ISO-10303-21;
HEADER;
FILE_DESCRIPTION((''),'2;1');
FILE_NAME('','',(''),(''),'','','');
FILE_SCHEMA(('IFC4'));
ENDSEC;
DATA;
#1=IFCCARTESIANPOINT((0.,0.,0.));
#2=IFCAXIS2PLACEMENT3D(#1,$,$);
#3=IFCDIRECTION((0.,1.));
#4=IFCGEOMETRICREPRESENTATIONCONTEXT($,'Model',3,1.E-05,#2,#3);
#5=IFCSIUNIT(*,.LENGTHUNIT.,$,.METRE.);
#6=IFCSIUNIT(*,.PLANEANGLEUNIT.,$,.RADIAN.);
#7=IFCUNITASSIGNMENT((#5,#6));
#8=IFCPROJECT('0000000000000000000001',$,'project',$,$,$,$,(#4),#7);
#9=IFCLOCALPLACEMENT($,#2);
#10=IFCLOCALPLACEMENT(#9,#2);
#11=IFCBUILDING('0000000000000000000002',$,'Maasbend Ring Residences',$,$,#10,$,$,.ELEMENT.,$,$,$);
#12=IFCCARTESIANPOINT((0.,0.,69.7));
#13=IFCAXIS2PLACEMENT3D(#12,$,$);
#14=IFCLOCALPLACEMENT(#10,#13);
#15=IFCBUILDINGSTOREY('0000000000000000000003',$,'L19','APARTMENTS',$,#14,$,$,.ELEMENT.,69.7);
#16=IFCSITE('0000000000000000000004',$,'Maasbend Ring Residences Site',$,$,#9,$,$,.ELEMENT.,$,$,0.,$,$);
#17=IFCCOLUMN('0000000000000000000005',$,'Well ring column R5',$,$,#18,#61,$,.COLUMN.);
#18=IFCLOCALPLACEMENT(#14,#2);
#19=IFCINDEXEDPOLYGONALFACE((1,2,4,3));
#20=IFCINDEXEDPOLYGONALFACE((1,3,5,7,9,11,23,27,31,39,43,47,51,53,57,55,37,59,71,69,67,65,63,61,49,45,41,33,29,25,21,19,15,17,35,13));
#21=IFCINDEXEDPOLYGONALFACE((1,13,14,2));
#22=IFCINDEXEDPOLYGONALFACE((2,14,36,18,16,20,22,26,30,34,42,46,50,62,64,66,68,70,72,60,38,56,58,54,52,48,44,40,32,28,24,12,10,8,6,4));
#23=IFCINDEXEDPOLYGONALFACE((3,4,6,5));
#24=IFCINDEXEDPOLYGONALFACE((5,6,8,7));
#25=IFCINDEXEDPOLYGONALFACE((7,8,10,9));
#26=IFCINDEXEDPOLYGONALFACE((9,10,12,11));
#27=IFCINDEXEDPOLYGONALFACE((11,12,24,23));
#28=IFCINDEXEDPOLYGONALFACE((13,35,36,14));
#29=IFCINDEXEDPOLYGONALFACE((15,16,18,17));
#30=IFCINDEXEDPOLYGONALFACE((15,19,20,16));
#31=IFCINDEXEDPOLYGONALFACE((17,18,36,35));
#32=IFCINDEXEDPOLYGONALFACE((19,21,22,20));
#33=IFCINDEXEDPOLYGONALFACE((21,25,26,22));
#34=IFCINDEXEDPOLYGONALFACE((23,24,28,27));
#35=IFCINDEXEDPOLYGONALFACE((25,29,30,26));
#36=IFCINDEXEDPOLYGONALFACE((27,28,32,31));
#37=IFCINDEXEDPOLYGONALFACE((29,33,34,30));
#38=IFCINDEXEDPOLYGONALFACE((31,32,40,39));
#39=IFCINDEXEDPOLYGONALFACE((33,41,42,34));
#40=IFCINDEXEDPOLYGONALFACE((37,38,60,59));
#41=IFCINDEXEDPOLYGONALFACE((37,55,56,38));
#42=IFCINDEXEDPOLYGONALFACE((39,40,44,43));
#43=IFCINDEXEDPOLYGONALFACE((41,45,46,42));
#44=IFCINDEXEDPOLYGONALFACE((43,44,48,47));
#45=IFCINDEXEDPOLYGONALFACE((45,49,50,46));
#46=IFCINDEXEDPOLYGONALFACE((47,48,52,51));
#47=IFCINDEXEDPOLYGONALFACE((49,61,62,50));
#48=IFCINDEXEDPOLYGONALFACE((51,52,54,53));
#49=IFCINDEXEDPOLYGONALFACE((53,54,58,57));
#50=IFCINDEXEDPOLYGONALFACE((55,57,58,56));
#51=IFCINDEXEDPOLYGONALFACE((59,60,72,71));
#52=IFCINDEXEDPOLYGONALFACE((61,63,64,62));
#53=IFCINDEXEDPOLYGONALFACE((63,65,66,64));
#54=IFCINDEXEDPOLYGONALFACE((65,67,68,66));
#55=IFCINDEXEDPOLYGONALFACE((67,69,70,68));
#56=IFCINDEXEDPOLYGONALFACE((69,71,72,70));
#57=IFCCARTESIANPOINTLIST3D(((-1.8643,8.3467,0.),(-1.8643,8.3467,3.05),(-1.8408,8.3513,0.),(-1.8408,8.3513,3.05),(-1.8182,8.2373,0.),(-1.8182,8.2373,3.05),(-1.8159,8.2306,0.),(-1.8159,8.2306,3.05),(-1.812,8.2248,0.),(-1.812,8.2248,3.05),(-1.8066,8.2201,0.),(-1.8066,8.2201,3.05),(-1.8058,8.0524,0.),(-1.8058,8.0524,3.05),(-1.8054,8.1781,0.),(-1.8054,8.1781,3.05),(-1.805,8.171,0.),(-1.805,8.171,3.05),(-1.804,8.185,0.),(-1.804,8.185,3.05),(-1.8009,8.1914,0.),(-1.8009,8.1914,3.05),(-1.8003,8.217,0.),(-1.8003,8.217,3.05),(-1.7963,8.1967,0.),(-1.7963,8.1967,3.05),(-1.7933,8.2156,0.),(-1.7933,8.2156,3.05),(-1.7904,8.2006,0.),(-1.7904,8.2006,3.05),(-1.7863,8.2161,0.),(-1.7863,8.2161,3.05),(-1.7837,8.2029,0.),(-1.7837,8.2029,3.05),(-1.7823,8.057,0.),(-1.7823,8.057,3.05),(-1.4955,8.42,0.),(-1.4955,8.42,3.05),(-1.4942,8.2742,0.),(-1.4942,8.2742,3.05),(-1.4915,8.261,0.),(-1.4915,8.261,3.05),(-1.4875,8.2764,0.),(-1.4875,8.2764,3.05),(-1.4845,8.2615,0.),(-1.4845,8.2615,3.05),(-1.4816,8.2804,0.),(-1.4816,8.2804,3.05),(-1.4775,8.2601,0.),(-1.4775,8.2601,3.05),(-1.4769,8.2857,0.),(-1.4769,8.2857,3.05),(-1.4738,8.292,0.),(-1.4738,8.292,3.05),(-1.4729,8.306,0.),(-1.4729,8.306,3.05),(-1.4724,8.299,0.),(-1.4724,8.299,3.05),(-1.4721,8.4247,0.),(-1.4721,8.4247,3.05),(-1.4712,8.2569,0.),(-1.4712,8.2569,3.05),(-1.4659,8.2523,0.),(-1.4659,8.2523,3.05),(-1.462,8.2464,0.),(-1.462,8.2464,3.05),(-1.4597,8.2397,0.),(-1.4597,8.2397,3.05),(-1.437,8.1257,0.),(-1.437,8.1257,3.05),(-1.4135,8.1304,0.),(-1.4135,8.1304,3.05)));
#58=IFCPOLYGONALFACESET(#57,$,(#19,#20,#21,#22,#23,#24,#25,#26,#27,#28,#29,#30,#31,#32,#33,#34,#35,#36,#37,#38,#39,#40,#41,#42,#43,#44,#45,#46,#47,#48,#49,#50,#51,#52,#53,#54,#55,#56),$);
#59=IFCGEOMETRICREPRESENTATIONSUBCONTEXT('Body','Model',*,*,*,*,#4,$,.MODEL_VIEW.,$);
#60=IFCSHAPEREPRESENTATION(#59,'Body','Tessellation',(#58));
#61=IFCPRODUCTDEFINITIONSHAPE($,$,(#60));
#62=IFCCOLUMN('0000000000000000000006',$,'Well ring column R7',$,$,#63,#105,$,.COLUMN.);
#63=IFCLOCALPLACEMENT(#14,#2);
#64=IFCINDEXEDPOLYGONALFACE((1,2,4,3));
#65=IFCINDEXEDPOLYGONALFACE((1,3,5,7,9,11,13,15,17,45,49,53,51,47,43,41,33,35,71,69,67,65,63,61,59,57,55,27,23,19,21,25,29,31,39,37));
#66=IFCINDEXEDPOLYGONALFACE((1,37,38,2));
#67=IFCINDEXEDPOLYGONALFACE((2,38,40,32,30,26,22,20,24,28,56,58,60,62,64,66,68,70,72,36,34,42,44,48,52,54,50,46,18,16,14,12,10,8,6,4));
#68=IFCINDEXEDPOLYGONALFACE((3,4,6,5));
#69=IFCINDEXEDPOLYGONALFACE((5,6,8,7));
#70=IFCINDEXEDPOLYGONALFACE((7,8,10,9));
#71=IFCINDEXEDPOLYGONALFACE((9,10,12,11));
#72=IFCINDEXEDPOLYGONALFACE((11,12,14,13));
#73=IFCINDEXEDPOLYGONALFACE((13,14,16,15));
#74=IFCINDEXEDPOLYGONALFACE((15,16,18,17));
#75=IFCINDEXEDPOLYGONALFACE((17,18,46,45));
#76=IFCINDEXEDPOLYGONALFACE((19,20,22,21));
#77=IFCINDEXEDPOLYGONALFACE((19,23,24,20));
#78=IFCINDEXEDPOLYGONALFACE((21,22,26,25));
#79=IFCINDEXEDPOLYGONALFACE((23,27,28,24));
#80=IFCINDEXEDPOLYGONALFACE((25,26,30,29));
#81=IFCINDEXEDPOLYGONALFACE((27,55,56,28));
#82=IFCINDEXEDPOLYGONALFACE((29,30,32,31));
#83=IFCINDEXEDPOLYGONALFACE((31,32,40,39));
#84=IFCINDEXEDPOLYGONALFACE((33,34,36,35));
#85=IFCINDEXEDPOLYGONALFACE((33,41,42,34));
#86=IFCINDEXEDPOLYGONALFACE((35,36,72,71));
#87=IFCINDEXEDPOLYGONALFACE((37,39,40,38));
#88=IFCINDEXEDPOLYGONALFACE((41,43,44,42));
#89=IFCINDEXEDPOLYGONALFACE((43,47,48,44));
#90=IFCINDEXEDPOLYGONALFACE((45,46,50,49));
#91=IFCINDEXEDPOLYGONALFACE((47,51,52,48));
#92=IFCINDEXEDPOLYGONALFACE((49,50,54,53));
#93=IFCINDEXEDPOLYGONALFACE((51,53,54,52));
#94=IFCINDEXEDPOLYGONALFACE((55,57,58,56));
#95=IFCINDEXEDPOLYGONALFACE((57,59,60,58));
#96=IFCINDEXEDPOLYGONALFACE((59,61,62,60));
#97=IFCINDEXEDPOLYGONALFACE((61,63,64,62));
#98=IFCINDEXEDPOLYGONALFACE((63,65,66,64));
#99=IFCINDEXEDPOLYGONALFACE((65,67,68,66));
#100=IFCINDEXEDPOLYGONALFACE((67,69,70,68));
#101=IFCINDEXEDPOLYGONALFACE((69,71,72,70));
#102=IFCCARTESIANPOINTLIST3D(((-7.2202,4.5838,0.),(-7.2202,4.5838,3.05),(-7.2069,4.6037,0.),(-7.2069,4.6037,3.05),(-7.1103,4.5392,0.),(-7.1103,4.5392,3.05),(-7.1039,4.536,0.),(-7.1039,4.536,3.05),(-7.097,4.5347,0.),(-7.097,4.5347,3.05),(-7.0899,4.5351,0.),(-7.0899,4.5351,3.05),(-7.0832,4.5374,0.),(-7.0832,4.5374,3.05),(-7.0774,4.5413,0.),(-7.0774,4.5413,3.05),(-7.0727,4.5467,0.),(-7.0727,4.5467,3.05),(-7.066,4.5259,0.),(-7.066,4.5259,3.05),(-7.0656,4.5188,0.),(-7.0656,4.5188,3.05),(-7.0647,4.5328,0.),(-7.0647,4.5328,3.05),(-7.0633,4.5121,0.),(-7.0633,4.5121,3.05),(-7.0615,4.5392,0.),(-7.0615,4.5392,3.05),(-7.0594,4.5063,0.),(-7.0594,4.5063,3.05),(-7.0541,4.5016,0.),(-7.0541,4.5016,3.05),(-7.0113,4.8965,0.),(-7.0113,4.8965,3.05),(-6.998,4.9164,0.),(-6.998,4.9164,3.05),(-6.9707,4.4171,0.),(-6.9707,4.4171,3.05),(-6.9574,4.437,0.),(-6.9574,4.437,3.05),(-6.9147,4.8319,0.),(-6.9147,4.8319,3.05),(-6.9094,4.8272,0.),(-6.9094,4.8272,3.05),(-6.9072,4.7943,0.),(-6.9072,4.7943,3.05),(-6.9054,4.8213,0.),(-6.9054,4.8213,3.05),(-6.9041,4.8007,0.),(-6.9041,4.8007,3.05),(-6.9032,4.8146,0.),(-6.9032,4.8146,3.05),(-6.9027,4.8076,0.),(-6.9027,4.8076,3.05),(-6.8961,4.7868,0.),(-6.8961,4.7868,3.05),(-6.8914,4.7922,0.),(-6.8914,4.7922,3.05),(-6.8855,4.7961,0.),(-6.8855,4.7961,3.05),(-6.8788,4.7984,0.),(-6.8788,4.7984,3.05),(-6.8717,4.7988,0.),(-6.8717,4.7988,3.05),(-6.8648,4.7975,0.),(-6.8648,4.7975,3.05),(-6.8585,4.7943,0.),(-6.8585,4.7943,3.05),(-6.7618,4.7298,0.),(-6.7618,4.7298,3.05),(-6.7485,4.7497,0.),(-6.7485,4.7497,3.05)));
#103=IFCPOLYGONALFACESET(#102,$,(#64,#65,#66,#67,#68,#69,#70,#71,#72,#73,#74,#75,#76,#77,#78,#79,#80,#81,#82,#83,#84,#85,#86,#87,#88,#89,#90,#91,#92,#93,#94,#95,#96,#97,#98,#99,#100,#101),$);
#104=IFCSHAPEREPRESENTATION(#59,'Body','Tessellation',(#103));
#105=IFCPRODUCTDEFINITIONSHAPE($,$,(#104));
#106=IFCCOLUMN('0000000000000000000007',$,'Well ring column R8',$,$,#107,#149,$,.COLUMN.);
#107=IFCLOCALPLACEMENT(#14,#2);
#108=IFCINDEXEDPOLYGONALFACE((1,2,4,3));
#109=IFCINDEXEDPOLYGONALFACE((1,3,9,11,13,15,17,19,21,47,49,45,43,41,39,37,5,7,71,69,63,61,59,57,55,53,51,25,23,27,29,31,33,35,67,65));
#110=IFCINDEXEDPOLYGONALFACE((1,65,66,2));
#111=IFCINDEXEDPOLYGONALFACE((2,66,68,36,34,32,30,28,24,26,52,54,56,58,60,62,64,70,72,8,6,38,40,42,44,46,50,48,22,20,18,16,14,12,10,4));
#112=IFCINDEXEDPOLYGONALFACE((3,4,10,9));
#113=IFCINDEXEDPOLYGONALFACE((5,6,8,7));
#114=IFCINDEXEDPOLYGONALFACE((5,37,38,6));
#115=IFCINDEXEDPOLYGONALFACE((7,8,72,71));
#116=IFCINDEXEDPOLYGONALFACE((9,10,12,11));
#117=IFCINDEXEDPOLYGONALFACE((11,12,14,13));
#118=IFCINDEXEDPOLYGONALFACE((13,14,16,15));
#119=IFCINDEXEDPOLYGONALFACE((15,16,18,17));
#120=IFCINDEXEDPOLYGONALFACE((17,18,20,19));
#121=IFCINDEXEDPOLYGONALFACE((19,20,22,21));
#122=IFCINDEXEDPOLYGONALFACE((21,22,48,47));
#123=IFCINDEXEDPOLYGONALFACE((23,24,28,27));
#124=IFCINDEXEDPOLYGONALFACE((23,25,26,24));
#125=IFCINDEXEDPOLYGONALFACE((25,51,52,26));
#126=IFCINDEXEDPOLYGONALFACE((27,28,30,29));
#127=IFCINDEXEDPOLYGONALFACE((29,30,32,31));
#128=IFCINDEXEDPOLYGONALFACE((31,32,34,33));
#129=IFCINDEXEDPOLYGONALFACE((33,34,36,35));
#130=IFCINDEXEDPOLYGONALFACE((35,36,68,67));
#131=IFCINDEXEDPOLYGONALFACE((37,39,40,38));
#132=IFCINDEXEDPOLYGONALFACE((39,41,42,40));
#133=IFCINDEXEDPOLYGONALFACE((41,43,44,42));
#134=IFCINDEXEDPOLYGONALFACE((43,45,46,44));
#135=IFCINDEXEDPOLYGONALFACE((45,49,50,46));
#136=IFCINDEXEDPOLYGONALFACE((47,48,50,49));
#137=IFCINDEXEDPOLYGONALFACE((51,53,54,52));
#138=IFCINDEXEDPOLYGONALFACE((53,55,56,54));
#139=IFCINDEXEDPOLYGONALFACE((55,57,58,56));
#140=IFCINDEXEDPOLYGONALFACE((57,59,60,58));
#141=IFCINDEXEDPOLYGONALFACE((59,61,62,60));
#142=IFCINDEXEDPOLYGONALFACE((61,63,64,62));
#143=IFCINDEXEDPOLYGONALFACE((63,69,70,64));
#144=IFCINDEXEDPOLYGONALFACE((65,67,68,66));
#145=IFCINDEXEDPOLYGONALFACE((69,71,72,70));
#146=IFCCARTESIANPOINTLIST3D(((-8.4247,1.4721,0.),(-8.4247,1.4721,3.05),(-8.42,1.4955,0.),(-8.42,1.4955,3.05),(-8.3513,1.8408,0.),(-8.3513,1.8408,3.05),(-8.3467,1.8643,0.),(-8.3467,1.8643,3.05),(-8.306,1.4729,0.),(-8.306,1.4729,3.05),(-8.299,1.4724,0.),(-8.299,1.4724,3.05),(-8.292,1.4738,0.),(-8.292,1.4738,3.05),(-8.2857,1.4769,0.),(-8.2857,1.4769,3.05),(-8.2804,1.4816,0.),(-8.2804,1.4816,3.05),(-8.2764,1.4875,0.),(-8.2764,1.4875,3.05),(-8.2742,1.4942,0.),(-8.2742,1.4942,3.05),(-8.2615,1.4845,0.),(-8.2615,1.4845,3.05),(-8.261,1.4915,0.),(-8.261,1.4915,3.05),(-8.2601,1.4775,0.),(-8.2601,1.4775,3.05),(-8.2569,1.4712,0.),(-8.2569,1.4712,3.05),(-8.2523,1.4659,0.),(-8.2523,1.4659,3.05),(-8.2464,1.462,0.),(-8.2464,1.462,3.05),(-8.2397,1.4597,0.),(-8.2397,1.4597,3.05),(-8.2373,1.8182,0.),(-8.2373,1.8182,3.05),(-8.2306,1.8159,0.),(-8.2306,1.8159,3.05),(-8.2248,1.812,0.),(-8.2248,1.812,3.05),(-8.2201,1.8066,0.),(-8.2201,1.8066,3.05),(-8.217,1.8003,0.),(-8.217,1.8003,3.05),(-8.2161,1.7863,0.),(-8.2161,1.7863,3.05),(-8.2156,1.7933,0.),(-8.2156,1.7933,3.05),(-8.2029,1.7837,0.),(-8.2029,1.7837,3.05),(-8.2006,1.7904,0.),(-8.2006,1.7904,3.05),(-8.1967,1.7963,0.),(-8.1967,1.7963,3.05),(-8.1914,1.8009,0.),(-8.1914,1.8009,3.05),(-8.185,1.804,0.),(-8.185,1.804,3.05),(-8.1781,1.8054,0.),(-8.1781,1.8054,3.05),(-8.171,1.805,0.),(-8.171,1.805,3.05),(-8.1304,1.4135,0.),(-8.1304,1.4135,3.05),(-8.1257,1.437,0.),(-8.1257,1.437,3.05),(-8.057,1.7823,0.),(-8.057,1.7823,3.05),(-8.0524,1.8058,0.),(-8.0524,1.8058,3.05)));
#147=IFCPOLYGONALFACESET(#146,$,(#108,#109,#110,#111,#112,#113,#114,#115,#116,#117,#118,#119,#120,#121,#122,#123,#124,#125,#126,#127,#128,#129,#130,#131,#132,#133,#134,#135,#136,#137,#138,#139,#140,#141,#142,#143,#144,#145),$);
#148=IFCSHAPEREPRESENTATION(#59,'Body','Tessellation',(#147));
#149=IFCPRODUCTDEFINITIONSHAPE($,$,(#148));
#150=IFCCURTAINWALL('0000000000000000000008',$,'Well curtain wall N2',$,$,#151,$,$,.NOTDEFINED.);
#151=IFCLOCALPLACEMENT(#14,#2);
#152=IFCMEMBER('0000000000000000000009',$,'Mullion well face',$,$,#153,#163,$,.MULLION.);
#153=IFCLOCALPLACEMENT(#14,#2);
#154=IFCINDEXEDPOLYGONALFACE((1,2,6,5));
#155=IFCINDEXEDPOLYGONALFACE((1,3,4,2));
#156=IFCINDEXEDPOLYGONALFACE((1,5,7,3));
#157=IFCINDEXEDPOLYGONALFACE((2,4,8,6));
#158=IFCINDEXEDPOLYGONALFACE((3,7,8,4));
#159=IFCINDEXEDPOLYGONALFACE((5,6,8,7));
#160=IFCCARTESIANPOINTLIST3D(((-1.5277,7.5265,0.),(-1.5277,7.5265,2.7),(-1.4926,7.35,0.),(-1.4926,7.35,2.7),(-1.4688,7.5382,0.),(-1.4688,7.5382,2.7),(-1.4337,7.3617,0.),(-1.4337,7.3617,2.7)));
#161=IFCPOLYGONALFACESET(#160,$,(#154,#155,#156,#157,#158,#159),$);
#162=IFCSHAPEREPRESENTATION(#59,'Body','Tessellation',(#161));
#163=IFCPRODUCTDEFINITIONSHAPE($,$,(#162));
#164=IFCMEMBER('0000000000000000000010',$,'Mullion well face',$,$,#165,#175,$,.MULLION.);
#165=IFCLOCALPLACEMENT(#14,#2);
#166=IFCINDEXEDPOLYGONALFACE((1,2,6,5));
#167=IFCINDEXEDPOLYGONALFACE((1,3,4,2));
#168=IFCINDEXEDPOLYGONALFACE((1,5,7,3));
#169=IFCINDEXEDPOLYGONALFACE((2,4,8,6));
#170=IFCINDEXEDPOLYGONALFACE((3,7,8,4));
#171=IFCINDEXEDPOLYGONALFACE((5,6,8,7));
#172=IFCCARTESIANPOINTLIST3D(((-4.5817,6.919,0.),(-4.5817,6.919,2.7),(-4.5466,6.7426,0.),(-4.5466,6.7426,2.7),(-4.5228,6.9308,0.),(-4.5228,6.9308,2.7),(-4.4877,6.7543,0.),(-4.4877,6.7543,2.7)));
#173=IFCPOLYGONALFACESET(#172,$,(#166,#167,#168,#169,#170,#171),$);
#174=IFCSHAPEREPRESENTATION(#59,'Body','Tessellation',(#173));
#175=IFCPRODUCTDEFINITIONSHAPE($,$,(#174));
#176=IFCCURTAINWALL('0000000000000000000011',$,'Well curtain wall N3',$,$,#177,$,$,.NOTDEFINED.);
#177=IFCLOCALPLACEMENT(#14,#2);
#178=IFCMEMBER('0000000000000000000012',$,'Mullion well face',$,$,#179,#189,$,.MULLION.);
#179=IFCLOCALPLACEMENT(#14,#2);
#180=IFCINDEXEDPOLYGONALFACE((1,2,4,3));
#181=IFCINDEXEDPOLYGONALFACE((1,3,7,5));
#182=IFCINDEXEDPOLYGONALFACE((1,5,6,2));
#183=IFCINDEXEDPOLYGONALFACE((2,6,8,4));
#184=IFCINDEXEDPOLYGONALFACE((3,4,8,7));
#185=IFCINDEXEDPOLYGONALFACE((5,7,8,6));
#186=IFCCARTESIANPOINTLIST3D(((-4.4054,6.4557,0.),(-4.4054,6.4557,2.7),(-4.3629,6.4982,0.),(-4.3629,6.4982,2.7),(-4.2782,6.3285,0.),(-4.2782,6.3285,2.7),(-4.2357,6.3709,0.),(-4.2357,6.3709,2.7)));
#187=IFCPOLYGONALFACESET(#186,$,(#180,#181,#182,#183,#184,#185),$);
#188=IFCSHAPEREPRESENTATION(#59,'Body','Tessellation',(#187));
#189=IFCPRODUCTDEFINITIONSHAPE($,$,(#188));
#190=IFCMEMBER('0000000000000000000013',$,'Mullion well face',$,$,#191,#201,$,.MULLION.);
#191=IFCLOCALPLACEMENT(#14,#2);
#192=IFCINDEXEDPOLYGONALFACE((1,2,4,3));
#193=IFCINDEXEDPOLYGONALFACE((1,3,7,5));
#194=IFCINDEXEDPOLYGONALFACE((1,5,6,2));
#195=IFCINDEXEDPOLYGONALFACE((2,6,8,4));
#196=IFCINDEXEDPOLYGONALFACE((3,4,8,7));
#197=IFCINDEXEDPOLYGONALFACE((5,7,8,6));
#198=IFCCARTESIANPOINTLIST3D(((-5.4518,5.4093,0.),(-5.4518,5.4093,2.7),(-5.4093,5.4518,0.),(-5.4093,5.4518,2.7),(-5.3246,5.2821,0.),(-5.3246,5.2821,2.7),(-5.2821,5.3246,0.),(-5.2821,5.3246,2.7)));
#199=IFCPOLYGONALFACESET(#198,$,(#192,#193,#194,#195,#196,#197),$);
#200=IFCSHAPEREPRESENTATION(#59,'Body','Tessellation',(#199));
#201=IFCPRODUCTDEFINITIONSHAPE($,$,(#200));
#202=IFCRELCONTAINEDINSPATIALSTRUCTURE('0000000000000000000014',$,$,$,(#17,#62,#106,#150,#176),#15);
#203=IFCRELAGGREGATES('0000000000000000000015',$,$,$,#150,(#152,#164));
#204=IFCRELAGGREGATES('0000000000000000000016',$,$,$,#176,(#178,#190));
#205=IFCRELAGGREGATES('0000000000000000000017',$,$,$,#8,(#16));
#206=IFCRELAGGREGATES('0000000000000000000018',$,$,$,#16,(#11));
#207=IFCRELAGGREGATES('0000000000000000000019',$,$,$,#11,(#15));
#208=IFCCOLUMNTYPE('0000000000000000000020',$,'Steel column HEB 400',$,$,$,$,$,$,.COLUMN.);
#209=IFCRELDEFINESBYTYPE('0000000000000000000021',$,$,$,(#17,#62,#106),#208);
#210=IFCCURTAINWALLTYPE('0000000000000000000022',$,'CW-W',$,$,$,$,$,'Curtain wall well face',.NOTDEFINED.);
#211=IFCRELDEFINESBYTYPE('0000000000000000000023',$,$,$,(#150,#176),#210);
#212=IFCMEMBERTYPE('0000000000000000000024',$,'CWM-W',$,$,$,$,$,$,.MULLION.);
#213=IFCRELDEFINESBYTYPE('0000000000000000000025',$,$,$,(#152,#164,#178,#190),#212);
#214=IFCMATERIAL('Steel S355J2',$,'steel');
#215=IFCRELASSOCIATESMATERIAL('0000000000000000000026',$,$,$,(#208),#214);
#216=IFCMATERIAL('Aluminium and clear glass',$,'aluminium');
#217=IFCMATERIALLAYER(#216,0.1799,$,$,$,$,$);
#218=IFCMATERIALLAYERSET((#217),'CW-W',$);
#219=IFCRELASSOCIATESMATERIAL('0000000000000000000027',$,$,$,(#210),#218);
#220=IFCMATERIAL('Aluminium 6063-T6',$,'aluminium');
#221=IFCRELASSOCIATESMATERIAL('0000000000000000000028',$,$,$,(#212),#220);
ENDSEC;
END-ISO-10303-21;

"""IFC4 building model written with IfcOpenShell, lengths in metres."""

from ifc_helpers import new_model, si_unit, direction, frame, origin, origin_2d, place, context, subcontext, project, spatial, rectangle, i_section, extrude, material, layer, layer_set, material_profile, profile_set, type_object, element, aggregate, save


model = new_model("IFC4")

# Units and contexts
model_context = context("Model", 3, precision=1e-05, world=origin(), true_north=direction((0.0, 1.0)))
body_context = subcontext(model_context, "Body", "Model", "MODEL_VIEW")
ifc_project = project(units=[si_unit("LENGTHUNIT", "METRE"), si_unit("PLANEANGLEUNIT", "RADIAN")], contexts=[model_context])

# Site, building, storey
site_placement = place(None, origin())
site = spatial("IfcSite", under=ifc_project, at=site_placement, Name="Maasbend Ring Residences Site", CompositionType="ELEMENT", RefElevation=0.0)
building_placement = place(site_placement, origin())
building = spatial("IfcBuilding", under=site, at=building_placement, Name="Maasbend Ring Residences", CompositionType="ELEMENT")
storey_placement = place(building_placement, frame((0.0, 0.0, 69.7)))
storey = spatial("IfcBuildingStorey", under=building, at=storey_placement, Name="L19", Description="APARTMENTS", CompositionType="ELEMENT", Elevation=69.7)

# Columns
ifc_material_1 = material(Name="Steel S355J2", Category="steel")
ifc_material_profile_1 = material_profile(ifc_material_1, i_section(OverallWidth=0.3, OverallDepth=0.3999, WebThickness=0.0134, FlangeThickness=0.0239, FilletRadius=0.0271, at=origin_2d()), Name="HEB 400")
ifc_profile_set_1 = profile_set([ifc_material_profile_1], Name="Steel S355J2")
column_type = type_object("IfcColumnType", Name="Steel column HEB 400", PredefinedType="COLUMN", material=ifc_profile_set_1)
for number, where, z_axis, x_axis, name in (
    (1, (-1.6389, 8.2385, 0.0), (0.0, 0.0, 1.0), (-0.19509, 0.980785, 0.0), "Well ring column R5"),
    (2, (-6.9844, 4.6667, 0.0), (0.0, 0.0, 1.0), (-0.83147, 0.55557, 0.0), "Well ring column R7"),
    (3, (-8.2385, 1.6389, 0.0), (0.0, 0.0, 1.0), (-0.980785, 0.19509, 0.0), "Well ring column R8"),
):
    element("IfcColumn", number, at=place(storey_placement, frame(where, z_axis=z_axis, x_axis=x_axis)), inside=storey, type_object=column_type, Name=name, PredefinedType="COLUMN", context=body_context, shape_type="SweptSolid", body=[
        extrude(i_section(OverallWidth=0.3, OverallDepth=0.3999, WebThickness=0.0134, FlangeThickness=0.0239, FilletRadius=0.0271, at=origin_2d()), origin(), (0.0, 0.0, 1.0), 3.05),
    ])

# Curtain walls, members
ifc_material_2 = material(Name="Aluminium and clear glass", Category="aluminium")
ifc_layer_1 = layer(ifc_material_2, 0.1799)
ifc_layer_set_1 = layer_set([ifc_layer_1], Name="CW-W")
curtain_wall_type = type_object("IfcCurtainWallType", Name="CW-W", ElementType="Curtain wall well face", PredefinedType="NOTDEFINED", material=ifc_layer_set_1)
curtain_wall_1_placement = place(storey_placement, origin())
curtain_wall_1 = element("IfcCurtainWall", 4, at=curtain_wall_1_placement, inside=storey, type_object=curtain_wall_type, Name="Well curtain wall N2", PredefinedType="NOTDEFINED")
ifc_material_3 = material(Name="Aluminium 6063-T6", Category="aluminium")
ifc_material_profile_2 = material_profile(ifc_material_3, rectangle(XDim=0.1799, YDim=0.0601, at=origin_2d()), Name="AL 180x60")
ifc_profile_set_2 = profile_set([ifc_material_profile_2], Name="Aluminium 6063-T6")
member_type_1 = type_object("IfcMemberType", Name="CWM-W", PredefinedType="MULLION", material=ifc_profile_set_2)
member_1_placement = place(storey_placement, frame((-1.4807, 7.4441, 0.0), z_axis=(0.0, 0.0, 1.0), x_axis=(0.19509, -0.980785, 0.0)))
member_1 = element("IfcMember", 5, at=member_1_placement, type_object=member_type_1, Name="Mullion well face", PredefinedType="MULLION", context=body_context, shape_type="SweptSolid", body=[
    extrude(rectangle(XDim=0.1799, YDim=0.0601, at=origin_2d()), origin(), (0.0, 0.0, 1.0), 2.7),
])
member_2_placement = place(storey_placement, frame((-4.5347, 6.8367, 0.0), z_axis=(0.0, 0.0, 1.0), x_axis=(0.19509, -0.980785, 0.0)))
member_2 = element("IfcMember", 6, at=member_2_placement, type_object=member_type_1, Name="Mullion well face", PredefinedType="MULLION", context=body_context, shape_type="SweptSolid", body=[
    extrude(rectangle(XDim=0.1799, YDim=0.0601, at=origin_2d()), origin(), (0.0, 0.0, 1.0), 2.7),
])
curtain_wall_2_placement = place(storey_placement, origin())
curtain_wall_2 = element("IfcCurtainWall", 7, at=curtain_wall_2_placement, inside=storey, type_object=curtain_wall_type, Name="Well curtain wall N3", PredefinedType="NOTDEFINED")
member_3_placement = place(storey_placement, frame((-4.3206, 6.4133, 0.0), z_axis=(0.0, 0.0, 1.0), x_axis=(0.707107, -0.707107, 0.0)))
member_3 = element("IfcMember", 8, at=member_3_placement, type_object=member_type_1, Name="Mullion well face", PredefinedType="MULLION", context=body_context, shape_type="SweptSolid", body=[
    extrude(rectangle(XDim=0.1799, YDim=0.0601, at=origin_2d()), origin(), (0.0, 0.0, 1.0), 2.7),
])
member_4_placement = place(storey_placement, frame((-5.3669, 5.3669, 0.0), z_axis=(0.0, 0.0, 1.0), x_axis=(0.707107, -0.707107, 0.0)))
member_4 = element("IfcMember", 9, at=member_4_placement, type_object=member_type_1, Name="Mullion well face", PredefinedType="MULLION", context=body_context, shape_type="SweptSolid", body=[
    extrude(rectangle(XDim=0.1799, YDim=0.0601, at=origin_2d()), origin(), (0.0, 0.0, 1.0), 2.7),
])

aggregate(curtain_wall_1, [member_1, member_2])
aggregate(curtain_wall_2, [member_3, member_4])

save(model, "model.ifc")
